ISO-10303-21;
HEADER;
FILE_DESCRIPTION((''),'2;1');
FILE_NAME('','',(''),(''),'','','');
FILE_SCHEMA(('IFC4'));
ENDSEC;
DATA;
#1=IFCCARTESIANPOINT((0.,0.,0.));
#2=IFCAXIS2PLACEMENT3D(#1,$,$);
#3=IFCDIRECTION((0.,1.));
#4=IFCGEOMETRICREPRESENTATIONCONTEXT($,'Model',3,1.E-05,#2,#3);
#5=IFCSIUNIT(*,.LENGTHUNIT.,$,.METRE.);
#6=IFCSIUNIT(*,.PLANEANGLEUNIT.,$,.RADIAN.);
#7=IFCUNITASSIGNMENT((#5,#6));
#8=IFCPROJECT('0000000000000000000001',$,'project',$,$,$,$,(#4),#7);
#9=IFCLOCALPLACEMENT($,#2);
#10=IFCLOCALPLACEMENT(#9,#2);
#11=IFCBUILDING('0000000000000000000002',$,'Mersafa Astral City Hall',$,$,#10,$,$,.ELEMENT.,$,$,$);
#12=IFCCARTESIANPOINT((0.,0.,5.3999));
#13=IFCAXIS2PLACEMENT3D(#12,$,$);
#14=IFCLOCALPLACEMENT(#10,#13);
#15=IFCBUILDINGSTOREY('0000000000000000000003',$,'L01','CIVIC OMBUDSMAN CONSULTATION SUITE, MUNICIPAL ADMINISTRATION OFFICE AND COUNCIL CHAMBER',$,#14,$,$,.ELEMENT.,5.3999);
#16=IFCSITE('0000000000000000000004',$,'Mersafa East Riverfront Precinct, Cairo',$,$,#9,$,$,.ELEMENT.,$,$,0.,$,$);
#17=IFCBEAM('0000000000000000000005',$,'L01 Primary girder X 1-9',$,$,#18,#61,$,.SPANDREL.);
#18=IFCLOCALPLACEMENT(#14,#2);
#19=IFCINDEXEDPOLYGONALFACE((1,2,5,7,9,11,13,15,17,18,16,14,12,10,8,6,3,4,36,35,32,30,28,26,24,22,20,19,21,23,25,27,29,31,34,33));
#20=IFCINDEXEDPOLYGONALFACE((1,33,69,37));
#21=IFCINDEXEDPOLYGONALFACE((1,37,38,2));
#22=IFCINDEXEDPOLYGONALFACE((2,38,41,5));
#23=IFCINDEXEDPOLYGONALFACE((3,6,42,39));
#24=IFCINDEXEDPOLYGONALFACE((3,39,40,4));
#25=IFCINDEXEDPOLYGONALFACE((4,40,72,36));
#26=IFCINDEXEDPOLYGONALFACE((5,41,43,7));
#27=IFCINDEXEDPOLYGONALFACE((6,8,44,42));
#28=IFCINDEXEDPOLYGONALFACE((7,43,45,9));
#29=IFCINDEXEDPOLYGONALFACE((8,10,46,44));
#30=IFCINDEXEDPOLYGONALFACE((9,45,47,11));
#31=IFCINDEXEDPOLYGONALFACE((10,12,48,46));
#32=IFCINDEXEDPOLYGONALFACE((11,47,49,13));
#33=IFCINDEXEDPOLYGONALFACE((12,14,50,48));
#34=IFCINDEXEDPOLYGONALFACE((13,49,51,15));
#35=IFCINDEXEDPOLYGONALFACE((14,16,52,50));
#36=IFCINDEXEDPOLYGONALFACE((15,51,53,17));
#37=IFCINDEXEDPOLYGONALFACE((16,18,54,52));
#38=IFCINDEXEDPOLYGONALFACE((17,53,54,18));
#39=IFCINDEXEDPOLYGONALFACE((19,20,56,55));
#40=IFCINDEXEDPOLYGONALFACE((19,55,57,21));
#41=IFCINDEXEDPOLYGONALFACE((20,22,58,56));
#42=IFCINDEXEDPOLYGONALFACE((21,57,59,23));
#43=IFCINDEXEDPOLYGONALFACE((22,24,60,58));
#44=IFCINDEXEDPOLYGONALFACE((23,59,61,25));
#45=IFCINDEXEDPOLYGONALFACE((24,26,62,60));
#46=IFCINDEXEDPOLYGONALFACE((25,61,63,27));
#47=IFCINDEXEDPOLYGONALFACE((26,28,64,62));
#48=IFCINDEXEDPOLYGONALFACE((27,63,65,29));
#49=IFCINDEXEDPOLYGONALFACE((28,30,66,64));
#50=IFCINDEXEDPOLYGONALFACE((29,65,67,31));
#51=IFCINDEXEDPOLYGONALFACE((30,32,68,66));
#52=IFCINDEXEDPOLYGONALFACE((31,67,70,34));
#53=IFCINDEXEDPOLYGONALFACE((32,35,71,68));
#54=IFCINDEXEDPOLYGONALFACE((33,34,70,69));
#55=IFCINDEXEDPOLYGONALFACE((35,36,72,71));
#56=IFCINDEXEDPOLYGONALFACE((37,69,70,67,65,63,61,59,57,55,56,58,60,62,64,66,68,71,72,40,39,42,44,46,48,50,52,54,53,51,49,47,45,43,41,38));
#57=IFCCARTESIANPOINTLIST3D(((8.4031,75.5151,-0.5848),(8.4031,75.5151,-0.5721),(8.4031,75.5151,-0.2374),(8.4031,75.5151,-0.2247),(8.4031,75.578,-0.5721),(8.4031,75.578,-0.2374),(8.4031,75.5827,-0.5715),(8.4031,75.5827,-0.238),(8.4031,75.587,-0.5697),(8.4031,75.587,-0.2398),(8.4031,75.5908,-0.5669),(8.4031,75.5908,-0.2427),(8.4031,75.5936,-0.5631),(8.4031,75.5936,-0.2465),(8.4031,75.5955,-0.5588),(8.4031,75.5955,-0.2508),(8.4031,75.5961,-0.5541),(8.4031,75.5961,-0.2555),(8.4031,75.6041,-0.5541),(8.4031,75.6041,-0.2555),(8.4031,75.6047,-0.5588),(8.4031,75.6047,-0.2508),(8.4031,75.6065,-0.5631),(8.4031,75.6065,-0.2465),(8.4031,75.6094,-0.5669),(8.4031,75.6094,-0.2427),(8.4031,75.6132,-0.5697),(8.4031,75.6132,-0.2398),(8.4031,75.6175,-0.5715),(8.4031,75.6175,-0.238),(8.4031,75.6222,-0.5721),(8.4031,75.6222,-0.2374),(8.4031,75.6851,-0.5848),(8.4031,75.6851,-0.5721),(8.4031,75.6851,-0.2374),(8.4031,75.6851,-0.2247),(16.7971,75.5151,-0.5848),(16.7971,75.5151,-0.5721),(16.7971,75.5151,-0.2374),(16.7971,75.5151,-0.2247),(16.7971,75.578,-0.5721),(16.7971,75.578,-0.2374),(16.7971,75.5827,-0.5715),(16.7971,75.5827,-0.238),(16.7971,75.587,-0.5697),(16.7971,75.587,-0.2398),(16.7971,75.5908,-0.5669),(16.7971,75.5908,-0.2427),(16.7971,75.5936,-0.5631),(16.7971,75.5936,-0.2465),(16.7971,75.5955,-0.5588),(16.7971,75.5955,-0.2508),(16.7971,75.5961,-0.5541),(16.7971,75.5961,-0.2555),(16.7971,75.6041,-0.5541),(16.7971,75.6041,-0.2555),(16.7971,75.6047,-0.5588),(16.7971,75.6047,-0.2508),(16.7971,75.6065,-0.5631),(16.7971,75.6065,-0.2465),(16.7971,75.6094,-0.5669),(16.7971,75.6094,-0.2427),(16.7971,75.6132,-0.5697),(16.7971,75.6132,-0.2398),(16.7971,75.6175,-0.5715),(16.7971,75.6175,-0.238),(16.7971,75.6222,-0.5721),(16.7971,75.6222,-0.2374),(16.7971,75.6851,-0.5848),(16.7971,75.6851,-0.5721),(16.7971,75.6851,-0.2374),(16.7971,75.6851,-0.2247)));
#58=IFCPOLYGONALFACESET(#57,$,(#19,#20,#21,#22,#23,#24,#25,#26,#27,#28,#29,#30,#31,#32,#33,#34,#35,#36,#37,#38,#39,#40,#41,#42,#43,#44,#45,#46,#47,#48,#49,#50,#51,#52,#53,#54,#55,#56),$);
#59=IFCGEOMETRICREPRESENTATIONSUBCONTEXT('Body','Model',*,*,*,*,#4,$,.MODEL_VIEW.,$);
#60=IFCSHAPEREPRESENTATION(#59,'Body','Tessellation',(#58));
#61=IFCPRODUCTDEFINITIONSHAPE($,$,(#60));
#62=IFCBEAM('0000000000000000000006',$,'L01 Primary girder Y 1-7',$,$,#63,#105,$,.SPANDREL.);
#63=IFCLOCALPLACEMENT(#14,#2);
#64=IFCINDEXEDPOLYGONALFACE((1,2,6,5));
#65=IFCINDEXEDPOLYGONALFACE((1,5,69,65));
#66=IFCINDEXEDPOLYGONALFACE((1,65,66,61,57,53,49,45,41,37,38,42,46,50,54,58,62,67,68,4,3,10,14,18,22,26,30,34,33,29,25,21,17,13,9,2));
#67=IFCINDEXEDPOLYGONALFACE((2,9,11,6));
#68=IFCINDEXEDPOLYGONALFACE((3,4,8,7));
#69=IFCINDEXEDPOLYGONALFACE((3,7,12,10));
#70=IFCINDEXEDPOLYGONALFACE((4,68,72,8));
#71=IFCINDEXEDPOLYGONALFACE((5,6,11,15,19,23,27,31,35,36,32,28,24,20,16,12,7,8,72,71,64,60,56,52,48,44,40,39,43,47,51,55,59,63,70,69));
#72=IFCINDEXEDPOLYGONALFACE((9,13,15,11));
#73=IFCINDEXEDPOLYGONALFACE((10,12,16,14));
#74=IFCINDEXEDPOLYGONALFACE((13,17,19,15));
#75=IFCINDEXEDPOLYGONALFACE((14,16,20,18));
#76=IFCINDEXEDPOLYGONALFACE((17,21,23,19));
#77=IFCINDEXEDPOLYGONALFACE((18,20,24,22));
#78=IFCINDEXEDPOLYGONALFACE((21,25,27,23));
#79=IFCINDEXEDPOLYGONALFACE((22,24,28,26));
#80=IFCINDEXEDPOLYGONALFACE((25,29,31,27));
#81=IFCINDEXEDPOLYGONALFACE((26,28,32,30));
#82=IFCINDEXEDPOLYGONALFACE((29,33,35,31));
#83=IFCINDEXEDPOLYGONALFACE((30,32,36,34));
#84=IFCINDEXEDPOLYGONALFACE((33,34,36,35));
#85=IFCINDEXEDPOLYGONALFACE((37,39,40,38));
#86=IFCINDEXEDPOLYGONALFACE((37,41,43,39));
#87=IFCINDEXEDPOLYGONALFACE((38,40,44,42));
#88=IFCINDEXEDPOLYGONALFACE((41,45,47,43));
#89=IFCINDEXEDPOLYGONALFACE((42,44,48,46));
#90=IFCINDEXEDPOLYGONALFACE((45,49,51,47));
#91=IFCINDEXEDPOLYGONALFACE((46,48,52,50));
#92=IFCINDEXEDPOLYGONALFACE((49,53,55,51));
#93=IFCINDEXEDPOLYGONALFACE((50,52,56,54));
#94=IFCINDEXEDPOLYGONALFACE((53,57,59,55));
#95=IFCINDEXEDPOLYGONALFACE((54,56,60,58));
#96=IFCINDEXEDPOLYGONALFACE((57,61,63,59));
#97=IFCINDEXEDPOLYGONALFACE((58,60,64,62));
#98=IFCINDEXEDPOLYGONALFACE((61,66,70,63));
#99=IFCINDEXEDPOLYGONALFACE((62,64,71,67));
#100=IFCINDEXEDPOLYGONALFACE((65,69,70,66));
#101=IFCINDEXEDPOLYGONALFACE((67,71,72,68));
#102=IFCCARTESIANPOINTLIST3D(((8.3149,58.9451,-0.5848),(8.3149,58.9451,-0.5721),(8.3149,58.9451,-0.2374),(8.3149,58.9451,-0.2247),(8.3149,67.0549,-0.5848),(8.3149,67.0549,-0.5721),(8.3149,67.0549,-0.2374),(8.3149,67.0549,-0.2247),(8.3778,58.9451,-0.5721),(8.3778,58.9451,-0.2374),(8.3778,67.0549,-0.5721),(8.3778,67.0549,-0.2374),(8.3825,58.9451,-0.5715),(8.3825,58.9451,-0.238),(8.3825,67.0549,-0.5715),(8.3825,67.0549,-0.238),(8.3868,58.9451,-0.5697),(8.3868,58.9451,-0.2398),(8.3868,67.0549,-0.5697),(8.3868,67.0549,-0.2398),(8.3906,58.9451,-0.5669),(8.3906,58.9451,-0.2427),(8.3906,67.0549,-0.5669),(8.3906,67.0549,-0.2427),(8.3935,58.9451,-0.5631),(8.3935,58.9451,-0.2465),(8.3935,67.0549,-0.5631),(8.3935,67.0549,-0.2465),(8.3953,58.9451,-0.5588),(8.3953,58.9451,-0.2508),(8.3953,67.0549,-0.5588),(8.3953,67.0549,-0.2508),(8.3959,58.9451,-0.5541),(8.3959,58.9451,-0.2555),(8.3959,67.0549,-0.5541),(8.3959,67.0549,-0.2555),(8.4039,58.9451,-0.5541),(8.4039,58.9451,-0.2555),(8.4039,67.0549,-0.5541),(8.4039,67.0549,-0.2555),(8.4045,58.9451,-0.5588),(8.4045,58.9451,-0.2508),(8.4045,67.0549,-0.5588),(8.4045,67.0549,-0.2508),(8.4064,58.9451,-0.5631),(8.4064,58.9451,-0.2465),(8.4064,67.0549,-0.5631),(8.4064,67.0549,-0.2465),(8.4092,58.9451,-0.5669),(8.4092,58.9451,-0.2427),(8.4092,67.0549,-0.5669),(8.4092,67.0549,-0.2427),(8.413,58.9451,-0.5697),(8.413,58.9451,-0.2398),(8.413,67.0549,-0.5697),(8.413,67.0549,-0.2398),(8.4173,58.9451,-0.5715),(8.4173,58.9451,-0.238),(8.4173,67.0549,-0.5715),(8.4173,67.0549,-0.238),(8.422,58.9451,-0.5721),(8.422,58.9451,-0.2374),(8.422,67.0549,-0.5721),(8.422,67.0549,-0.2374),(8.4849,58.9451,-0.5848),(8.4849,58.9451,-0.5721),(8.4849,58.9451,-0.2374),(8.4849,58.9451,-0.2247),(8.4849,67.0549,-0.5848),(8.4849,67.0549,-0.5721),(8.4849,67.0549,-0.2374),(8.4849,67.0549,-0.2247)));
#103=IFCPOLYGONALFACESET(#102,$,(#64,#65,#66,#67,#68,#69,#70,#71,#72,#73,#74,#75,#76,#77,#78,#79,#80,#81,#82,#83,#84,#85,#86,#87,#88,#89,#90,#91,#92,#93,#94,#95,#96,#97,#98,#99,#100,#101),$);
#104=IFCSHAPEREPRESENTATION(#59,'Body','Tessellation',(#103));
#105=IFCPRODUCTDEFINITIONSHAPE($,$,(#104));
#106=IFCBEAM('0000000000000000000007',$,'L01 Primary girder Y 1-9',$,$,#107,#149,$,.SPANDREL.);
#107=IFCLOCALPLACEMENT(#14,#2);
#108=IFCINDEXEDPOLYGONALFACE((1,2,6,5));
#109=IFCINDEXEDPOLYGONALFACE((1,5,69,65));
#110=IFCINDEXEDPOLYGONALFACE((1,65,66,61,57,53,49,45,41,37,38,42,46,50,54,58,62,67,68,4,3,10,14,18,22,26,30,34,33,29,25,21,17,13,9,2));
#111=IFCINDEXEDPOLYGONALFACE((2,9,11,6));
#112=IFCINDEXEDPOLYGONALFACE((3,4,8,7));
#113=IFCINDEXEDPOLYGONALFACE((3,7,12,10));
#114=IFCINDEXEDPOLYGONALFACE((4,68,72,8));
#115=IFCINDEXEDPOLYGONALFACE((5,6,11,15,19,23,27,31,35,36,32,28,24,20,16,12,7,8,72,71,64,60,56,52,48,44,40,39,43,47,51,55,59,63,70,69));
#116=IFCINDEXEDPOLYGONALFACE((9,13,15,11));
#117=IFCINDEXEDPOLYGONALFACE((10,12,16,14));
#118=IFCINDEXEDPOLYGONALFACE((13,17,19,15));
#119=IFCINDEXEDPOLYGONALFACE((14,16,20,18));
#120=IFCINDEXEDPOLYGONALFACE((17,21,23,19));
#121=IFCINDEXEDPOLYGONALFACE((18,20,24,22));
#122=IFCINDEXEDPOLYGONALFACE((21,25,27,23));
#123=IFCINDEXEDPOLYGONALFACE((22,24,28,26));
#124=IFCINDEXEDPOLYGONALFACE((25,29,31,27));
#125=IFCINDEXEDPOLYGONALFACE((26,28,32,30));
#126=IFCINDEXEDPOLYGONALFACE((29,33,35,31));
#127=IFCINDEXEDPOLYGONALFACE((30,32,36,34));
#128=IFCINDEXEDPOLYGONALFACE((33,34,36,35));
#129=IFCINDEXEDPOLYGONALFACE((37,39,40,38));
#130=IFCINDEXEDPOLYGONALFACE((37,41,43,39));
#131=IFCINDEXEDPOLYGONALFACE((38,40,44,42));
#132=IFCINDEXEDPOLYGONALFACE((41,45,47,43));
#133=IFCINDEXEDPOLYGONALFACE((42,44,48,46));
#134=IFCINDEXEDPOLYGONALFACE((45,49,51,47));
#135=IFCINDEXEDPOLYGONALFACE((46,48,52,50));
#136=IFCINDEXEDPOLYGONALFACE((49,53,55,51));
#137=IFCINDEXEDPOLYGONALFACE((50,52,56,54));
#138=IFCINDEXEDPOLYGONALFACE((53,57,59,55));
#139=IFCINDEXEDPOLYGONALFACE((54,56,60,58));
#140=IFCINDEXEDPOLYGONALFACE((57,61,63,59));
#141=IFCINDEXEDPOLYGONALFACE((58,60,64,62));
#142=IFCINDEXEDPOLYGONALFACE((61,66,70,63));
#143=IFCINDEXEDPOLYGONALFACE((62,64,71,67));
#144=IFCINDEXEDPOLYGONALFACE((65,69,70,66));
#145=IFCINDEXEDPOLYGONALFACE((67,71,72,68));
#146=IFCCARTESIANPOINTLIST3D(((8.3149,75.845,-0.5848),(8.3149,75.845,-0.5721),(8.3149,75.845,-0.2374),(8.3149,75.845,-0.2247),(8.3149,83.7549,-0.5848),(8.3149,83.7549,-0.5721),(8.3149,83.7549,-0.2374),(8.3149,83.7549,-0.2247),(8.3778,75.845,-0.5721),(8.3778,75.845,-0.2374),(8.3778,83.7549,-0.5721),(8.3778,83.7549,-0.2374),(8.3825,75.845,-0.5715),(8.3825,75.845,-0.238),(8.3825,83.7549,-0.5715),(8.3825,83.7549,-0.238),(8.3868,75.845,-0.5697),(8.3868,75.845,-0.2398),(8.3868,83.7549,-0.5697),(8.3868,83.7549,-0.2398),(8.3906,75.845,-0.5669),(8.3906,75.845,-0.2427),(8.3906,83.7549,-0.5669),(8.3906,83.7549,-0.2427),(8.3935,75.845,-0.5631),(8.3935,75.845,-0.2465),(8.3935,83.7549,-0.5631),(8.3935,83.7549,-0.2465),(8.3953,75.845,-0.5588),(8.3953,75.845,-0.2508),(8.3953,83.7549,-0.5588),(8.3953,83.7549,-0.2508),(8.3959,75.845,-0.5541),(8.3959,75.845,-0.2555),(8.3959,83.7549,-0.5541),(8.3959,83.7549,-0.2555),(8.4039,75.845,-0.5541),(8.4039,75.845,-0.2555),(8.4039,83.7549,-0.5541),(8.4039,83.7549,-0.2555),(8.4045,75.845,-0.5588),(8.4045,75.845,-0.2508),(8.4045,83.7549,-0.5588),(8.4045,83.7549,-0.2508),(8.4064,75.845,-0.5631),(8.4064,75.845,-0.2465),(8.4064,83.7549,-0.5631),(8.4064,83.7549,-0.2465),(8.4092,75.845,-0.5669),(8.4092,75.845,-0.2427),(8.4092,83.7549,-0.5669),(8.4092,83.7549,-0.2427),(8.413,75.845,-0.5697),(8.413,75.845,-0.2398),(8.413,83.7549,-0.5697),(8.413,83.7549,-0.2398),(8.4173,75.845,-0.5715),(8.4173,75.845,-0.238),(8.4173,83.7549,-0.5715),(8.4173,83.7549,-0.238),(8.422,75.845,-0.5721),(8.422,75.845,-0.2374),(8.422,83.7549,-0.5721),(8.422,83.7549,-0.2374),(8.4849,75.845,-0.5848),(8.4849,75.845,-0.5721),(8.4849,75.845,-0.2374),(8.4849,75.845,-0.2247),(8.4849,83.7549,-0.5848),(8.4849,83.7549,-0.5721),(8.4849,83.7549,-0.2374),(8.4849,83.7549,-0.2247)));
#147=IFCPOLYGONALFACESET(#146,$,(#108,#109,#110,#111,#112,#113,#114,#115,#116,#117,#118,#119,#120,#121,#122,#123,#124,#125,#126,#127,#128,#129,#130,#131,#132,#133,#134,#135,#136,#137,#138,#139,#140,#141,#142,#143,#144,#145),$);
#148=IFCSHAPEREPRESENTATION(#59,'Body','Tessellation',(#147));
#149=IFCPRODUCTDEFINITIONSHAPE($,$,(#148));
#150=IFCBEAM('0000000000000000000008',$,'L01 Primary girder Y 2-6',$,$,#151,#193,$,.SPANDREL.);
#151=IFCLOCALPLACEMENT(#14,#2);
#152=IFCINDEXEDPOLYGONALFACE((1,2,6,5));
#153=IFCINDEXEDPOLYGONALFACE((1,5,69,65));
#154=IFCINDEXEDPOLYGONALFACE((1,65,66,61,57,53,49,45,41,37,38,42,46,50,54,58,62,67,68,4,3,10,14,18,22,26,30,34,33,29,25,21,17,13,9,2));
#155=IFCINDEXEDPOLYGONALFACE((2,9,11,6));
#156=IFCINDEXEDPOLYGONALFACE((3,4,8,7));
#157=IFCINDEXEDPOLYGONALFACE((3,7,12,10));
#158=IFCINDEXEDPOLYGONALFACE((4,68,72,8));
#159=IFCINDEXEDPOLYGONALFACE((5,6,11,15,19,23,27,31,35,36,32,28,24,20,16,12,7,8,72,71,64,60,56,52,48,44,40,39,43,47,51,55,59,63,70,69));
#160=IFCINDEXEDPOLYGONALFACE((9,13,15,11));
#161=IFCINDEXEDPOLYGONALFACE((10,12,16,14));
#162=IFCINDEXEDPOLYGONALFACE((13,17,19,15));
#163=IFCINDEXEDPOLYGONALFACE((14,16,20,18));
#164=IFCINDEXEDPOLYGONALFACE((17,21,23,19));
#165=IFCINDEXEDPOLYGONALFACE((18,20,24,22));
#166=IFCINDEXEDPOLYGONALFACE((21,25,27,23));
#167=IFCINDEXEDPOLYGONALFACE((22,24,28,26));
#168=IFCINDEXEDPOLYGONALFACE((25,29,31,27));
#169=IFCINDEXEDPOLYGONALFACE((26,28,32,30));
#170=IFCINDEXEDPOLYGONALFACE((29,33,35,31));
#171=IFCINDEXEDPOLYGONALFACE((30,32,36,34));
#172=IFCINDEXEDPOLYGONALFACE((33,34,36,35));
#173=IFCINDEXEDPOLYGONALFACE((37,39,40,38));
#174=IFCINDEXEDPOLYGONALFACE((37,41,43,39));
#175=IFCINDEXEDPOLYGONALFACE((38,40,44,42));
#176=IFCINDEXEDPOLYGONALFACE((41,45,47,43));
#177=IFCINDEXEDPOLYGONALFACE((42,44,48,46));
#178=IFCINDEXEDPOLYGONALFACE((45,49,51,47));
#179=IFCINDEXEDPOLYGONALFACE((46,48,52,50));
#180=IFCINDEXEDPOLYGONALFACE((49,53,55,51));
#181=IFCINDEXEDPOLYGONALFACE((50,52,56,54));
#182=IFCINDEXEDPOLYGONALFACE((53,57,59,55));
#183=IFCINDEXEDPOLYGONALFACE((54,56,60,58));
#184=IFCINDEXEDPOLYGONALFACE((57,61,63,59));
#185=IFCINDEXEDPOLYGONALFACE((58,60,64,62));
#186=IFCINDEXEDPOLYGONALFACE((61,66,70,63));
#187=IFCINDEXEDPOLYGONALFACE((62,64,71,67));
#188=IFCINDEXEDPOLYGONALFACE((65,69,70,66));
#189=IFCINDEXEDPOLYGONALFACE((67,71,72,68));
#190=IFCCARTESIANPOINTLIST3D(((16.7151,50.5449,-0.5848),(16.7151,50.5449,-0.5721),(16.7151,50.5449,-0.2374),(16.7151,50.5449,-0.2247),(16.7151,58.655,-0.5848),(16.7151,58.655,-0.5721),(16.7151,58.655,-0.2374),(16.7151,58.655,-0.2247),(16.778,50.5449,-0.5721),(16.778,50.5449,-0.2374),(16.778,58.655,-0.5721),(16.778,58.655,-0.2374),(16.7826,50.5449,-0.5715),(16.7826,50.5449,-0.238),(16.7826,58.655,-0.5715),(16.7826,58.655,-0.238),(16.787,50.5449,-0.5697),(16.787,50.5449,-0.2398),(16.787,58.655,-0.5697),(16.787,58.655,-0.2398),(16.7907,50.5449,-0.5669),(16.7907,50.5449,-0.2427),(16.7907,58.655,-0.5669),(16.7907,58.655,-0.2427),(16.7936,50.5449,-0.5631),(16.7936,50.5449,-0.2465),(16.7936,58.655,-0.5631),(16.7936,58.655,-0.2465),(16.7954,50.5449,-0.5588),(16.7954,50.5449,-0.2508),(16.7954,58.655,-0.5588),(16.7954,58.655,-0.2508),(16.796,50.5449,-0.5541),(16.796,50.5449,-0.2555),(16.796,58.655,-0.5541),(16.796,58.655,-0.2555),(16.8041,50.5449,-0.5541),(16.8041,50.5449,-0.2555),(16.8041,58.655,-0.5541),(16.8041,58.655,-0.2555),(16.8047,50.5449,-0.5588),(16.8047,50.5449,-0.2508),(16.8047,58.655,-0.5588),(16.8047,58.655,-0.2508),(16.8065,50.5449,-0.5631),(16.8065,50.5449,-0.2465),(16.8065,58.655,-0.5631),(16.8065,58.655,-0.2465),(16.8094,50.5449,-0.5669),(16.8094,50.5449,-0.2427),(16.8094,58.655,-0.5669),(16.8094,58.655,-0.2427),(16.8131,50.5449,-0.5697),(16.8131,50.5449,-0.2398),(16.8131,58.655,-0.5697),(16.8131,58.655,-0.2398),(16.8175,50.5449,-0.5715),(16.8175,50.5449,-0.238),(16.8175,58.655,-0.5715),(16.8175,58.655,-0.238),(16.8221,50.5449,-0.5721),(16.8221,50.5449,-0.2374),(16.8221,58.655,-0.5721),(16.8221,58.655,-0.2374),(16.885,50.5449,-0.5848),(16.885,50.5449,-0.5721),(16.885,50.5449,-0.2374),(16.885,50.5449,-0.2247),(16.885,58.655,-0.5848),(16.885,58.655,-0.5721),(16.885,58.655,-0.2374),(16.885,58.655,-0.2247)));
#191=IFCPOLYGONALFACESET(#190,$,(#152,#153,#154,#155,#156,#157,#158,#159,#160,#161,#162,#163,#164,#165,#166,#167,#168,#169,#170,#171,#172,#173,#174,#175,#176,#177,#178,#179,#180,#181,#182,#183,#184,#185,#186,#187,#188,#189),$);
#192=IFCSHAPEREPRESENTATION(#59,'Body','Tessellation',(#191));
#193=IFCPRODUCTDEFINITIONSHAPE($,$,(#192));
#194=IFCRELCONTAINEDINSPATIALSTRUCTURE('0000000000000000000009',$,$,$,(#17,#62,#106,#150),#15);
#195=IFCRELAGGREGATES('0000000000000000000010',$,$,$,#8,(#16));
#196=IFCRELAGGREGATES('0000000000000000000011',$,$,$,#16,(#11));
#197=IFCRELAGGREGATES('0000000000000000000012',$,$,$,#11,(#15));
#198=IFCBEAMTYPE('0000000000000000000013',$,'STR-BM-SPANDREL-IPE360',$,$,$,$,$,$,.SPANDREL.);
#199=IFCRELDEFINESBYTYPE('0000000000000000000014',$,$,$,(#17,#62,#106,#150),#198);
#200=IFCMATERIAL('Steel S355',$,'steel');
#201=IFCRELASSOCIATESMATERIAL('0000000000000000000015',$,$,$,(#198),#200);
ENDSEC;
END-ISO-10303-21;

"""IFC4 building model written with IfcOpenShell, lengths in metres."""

from ifc_helpers import new_model, si_unit, direction, frame, origin, origin_2d, place, context, subcontext, project, spatial, i_section, extrude, material, material_profile, profile_set, type_object, element, save


model = new_model("IFC4")

# Units and contexts
model_context = context("Model", 3, precision=1e-05, world=origin(), true_north=direction((0.0, 1.0)))
body_context = subcontext(model_context, "Body", "Model", "MODEL_VIEW")
ifc_project = project(units=[si_unit("LENGTHUNIT", "METRE"), si_unit("PLANEANGLEUNIT", "RADIAN")], contexts=[model_context])

# Site, building, storey
site_placement = place(None, origin())
site = spatial("IfcSite", under=ifc_project, at=site_placement, Name="Mersafa East Riverfront Precinct, Cairo", CompositionType="ELEMENT", RefElevation=0.0)
building_placement = place(site_placement, origin())
building = spatial("IfcBuilding", under=site, at=building_placement, Name="Mersafa Astral City Hall", CompositionType="ELEMENT")
storey_placement = place(building_placement, frame((0.0, 0.0, 5.3999)))
storey = spatial("IfcBuildingStorey", under=building, at=storey_placement, Name="L01", Description="CIVIC OMBUDSMAN CONSULTATION SUITE, MUNICIPAL ADMINISTRATION OFFICE AND COUNCIL CHAMBER", CompositionType="ELEMENT", Elevation=5.3999)

# Shared definitions
ifc_material_1 = material(Name="Steel S355", Category="steel")

# Beams
ifc_material_profile_1 = material_profile(ifc_material_1, i_section(OverallWidth=0.1699, OverallDepth=0.3601, WebThickness=0.0081, FlangeThickness=0.0127, FilletRadius=0.0181, at=origin_2d()), Name="IPE 360")
ifc_profile_set_1 = profile_set([ifc_material_profile_1], Name="Steel S355")
beam_type_1 = type_object("IfcBeamType", Name="STR-BM-SPANDREL-IPE360", PredefinedType="SPANDREL", material=ifc_profile_set_1)
for number, where, z_axis, x_axis, name in (
    (1, (8.4031, 75.6001, -0.4048), (1.0, 0.0, 0.0), (0.0, 1.0, 0.0), "L01 Primary girder X 1-9"),
):
    element("IfcBeam", number, at=place(storey_placement, frame(where, z_axis=z_axis, x_axis=x_axis)), inside=storey, type_object=beam_type_1, Name=name, PredefinedType="SPANDREL", context=body_context, shape_type="SweptSolid", body=[
        extrude(i_section(OverallWidth=0.1699, OverallDepth=0.3601, WebThickness=0.0081, FlangeThickness=0.0127, FilletRadius=0.0181, at=origin_2d()), origin(), (0.0, 0.0, 1.0), 8.394),
    ])
beam_1_placement = place(storey_placement, frame((8.3999, 58.9451, -0.4048), z_axis=(0.0, 1.0, 0.0), x_axis=(-1.0, 0.0, 0.0)))
element("IfcBeam", 2, at=beam_1_placement, inside=storey, type_object=beam_type_1, Name="L01 Primary girder Y 1-7", PredefinedType="SPANDREL", context=body_context, shape_type="SweptSolid", body=[
    extrude(i_section(OverallWidth=0.1699, OverallDepth=0.3601, WebThickness=0.0081, FlangeThickness=0.0127, FilletRadius=0.0181, at=origin_2d()), origin(), (0.0, 0.0, 1.0), 8.1099),
])
beam_2_placement = place(storey_placement, frame((8.3999, 75.845, -0.4048), z_axis=(0.0, 1.0, 0.0), x_axis=(-1.0, 0.0, 0.0)))
element("IfcBeam", 3, at=beam_2_placement, inside=storey, type_object=beam_type_1, Name="L01 Primary girder Y 1-9", PredefinedType="SPANDREL", context=body_context, shape_type="SweptSolid", body=[
    extrude(i_section(OverallWidth=0.1699, OverallDepth=0.3601, WebThickness=0.0081, FlangeThickness=0.0127, FilletRadius=0.0181, at=origin_2d()), origin(), (0.0, 0.0, 1.0), 7.9099),
])
beam_3_placement = place(storey_placement, frame((16.8, 50.5449, -0.4048), z_axis=(0.0, 1.0, 0.0), x_axis=(-1.0, 0.0, 0.0)))
element("IfcBeam", 4, at=beam_3_placement, inside=storey, type_object=beam_type_1, Name="L01 Primary girder Y 2-6", PredefinedType="SPANDREL", context=body_context, shape_type="SweptSolid", body=[
    extrude(i_section(OverallWidth=0.1699, OverallDepth=0.3601, WebThickness=0.0081, FlangeThickness=0.0127, FilletRadius=0.0181, at=origin_2d()), origin(), (0.0, 0.0, 1.0), 8.1101),
])

save(model, "model.ifc")
